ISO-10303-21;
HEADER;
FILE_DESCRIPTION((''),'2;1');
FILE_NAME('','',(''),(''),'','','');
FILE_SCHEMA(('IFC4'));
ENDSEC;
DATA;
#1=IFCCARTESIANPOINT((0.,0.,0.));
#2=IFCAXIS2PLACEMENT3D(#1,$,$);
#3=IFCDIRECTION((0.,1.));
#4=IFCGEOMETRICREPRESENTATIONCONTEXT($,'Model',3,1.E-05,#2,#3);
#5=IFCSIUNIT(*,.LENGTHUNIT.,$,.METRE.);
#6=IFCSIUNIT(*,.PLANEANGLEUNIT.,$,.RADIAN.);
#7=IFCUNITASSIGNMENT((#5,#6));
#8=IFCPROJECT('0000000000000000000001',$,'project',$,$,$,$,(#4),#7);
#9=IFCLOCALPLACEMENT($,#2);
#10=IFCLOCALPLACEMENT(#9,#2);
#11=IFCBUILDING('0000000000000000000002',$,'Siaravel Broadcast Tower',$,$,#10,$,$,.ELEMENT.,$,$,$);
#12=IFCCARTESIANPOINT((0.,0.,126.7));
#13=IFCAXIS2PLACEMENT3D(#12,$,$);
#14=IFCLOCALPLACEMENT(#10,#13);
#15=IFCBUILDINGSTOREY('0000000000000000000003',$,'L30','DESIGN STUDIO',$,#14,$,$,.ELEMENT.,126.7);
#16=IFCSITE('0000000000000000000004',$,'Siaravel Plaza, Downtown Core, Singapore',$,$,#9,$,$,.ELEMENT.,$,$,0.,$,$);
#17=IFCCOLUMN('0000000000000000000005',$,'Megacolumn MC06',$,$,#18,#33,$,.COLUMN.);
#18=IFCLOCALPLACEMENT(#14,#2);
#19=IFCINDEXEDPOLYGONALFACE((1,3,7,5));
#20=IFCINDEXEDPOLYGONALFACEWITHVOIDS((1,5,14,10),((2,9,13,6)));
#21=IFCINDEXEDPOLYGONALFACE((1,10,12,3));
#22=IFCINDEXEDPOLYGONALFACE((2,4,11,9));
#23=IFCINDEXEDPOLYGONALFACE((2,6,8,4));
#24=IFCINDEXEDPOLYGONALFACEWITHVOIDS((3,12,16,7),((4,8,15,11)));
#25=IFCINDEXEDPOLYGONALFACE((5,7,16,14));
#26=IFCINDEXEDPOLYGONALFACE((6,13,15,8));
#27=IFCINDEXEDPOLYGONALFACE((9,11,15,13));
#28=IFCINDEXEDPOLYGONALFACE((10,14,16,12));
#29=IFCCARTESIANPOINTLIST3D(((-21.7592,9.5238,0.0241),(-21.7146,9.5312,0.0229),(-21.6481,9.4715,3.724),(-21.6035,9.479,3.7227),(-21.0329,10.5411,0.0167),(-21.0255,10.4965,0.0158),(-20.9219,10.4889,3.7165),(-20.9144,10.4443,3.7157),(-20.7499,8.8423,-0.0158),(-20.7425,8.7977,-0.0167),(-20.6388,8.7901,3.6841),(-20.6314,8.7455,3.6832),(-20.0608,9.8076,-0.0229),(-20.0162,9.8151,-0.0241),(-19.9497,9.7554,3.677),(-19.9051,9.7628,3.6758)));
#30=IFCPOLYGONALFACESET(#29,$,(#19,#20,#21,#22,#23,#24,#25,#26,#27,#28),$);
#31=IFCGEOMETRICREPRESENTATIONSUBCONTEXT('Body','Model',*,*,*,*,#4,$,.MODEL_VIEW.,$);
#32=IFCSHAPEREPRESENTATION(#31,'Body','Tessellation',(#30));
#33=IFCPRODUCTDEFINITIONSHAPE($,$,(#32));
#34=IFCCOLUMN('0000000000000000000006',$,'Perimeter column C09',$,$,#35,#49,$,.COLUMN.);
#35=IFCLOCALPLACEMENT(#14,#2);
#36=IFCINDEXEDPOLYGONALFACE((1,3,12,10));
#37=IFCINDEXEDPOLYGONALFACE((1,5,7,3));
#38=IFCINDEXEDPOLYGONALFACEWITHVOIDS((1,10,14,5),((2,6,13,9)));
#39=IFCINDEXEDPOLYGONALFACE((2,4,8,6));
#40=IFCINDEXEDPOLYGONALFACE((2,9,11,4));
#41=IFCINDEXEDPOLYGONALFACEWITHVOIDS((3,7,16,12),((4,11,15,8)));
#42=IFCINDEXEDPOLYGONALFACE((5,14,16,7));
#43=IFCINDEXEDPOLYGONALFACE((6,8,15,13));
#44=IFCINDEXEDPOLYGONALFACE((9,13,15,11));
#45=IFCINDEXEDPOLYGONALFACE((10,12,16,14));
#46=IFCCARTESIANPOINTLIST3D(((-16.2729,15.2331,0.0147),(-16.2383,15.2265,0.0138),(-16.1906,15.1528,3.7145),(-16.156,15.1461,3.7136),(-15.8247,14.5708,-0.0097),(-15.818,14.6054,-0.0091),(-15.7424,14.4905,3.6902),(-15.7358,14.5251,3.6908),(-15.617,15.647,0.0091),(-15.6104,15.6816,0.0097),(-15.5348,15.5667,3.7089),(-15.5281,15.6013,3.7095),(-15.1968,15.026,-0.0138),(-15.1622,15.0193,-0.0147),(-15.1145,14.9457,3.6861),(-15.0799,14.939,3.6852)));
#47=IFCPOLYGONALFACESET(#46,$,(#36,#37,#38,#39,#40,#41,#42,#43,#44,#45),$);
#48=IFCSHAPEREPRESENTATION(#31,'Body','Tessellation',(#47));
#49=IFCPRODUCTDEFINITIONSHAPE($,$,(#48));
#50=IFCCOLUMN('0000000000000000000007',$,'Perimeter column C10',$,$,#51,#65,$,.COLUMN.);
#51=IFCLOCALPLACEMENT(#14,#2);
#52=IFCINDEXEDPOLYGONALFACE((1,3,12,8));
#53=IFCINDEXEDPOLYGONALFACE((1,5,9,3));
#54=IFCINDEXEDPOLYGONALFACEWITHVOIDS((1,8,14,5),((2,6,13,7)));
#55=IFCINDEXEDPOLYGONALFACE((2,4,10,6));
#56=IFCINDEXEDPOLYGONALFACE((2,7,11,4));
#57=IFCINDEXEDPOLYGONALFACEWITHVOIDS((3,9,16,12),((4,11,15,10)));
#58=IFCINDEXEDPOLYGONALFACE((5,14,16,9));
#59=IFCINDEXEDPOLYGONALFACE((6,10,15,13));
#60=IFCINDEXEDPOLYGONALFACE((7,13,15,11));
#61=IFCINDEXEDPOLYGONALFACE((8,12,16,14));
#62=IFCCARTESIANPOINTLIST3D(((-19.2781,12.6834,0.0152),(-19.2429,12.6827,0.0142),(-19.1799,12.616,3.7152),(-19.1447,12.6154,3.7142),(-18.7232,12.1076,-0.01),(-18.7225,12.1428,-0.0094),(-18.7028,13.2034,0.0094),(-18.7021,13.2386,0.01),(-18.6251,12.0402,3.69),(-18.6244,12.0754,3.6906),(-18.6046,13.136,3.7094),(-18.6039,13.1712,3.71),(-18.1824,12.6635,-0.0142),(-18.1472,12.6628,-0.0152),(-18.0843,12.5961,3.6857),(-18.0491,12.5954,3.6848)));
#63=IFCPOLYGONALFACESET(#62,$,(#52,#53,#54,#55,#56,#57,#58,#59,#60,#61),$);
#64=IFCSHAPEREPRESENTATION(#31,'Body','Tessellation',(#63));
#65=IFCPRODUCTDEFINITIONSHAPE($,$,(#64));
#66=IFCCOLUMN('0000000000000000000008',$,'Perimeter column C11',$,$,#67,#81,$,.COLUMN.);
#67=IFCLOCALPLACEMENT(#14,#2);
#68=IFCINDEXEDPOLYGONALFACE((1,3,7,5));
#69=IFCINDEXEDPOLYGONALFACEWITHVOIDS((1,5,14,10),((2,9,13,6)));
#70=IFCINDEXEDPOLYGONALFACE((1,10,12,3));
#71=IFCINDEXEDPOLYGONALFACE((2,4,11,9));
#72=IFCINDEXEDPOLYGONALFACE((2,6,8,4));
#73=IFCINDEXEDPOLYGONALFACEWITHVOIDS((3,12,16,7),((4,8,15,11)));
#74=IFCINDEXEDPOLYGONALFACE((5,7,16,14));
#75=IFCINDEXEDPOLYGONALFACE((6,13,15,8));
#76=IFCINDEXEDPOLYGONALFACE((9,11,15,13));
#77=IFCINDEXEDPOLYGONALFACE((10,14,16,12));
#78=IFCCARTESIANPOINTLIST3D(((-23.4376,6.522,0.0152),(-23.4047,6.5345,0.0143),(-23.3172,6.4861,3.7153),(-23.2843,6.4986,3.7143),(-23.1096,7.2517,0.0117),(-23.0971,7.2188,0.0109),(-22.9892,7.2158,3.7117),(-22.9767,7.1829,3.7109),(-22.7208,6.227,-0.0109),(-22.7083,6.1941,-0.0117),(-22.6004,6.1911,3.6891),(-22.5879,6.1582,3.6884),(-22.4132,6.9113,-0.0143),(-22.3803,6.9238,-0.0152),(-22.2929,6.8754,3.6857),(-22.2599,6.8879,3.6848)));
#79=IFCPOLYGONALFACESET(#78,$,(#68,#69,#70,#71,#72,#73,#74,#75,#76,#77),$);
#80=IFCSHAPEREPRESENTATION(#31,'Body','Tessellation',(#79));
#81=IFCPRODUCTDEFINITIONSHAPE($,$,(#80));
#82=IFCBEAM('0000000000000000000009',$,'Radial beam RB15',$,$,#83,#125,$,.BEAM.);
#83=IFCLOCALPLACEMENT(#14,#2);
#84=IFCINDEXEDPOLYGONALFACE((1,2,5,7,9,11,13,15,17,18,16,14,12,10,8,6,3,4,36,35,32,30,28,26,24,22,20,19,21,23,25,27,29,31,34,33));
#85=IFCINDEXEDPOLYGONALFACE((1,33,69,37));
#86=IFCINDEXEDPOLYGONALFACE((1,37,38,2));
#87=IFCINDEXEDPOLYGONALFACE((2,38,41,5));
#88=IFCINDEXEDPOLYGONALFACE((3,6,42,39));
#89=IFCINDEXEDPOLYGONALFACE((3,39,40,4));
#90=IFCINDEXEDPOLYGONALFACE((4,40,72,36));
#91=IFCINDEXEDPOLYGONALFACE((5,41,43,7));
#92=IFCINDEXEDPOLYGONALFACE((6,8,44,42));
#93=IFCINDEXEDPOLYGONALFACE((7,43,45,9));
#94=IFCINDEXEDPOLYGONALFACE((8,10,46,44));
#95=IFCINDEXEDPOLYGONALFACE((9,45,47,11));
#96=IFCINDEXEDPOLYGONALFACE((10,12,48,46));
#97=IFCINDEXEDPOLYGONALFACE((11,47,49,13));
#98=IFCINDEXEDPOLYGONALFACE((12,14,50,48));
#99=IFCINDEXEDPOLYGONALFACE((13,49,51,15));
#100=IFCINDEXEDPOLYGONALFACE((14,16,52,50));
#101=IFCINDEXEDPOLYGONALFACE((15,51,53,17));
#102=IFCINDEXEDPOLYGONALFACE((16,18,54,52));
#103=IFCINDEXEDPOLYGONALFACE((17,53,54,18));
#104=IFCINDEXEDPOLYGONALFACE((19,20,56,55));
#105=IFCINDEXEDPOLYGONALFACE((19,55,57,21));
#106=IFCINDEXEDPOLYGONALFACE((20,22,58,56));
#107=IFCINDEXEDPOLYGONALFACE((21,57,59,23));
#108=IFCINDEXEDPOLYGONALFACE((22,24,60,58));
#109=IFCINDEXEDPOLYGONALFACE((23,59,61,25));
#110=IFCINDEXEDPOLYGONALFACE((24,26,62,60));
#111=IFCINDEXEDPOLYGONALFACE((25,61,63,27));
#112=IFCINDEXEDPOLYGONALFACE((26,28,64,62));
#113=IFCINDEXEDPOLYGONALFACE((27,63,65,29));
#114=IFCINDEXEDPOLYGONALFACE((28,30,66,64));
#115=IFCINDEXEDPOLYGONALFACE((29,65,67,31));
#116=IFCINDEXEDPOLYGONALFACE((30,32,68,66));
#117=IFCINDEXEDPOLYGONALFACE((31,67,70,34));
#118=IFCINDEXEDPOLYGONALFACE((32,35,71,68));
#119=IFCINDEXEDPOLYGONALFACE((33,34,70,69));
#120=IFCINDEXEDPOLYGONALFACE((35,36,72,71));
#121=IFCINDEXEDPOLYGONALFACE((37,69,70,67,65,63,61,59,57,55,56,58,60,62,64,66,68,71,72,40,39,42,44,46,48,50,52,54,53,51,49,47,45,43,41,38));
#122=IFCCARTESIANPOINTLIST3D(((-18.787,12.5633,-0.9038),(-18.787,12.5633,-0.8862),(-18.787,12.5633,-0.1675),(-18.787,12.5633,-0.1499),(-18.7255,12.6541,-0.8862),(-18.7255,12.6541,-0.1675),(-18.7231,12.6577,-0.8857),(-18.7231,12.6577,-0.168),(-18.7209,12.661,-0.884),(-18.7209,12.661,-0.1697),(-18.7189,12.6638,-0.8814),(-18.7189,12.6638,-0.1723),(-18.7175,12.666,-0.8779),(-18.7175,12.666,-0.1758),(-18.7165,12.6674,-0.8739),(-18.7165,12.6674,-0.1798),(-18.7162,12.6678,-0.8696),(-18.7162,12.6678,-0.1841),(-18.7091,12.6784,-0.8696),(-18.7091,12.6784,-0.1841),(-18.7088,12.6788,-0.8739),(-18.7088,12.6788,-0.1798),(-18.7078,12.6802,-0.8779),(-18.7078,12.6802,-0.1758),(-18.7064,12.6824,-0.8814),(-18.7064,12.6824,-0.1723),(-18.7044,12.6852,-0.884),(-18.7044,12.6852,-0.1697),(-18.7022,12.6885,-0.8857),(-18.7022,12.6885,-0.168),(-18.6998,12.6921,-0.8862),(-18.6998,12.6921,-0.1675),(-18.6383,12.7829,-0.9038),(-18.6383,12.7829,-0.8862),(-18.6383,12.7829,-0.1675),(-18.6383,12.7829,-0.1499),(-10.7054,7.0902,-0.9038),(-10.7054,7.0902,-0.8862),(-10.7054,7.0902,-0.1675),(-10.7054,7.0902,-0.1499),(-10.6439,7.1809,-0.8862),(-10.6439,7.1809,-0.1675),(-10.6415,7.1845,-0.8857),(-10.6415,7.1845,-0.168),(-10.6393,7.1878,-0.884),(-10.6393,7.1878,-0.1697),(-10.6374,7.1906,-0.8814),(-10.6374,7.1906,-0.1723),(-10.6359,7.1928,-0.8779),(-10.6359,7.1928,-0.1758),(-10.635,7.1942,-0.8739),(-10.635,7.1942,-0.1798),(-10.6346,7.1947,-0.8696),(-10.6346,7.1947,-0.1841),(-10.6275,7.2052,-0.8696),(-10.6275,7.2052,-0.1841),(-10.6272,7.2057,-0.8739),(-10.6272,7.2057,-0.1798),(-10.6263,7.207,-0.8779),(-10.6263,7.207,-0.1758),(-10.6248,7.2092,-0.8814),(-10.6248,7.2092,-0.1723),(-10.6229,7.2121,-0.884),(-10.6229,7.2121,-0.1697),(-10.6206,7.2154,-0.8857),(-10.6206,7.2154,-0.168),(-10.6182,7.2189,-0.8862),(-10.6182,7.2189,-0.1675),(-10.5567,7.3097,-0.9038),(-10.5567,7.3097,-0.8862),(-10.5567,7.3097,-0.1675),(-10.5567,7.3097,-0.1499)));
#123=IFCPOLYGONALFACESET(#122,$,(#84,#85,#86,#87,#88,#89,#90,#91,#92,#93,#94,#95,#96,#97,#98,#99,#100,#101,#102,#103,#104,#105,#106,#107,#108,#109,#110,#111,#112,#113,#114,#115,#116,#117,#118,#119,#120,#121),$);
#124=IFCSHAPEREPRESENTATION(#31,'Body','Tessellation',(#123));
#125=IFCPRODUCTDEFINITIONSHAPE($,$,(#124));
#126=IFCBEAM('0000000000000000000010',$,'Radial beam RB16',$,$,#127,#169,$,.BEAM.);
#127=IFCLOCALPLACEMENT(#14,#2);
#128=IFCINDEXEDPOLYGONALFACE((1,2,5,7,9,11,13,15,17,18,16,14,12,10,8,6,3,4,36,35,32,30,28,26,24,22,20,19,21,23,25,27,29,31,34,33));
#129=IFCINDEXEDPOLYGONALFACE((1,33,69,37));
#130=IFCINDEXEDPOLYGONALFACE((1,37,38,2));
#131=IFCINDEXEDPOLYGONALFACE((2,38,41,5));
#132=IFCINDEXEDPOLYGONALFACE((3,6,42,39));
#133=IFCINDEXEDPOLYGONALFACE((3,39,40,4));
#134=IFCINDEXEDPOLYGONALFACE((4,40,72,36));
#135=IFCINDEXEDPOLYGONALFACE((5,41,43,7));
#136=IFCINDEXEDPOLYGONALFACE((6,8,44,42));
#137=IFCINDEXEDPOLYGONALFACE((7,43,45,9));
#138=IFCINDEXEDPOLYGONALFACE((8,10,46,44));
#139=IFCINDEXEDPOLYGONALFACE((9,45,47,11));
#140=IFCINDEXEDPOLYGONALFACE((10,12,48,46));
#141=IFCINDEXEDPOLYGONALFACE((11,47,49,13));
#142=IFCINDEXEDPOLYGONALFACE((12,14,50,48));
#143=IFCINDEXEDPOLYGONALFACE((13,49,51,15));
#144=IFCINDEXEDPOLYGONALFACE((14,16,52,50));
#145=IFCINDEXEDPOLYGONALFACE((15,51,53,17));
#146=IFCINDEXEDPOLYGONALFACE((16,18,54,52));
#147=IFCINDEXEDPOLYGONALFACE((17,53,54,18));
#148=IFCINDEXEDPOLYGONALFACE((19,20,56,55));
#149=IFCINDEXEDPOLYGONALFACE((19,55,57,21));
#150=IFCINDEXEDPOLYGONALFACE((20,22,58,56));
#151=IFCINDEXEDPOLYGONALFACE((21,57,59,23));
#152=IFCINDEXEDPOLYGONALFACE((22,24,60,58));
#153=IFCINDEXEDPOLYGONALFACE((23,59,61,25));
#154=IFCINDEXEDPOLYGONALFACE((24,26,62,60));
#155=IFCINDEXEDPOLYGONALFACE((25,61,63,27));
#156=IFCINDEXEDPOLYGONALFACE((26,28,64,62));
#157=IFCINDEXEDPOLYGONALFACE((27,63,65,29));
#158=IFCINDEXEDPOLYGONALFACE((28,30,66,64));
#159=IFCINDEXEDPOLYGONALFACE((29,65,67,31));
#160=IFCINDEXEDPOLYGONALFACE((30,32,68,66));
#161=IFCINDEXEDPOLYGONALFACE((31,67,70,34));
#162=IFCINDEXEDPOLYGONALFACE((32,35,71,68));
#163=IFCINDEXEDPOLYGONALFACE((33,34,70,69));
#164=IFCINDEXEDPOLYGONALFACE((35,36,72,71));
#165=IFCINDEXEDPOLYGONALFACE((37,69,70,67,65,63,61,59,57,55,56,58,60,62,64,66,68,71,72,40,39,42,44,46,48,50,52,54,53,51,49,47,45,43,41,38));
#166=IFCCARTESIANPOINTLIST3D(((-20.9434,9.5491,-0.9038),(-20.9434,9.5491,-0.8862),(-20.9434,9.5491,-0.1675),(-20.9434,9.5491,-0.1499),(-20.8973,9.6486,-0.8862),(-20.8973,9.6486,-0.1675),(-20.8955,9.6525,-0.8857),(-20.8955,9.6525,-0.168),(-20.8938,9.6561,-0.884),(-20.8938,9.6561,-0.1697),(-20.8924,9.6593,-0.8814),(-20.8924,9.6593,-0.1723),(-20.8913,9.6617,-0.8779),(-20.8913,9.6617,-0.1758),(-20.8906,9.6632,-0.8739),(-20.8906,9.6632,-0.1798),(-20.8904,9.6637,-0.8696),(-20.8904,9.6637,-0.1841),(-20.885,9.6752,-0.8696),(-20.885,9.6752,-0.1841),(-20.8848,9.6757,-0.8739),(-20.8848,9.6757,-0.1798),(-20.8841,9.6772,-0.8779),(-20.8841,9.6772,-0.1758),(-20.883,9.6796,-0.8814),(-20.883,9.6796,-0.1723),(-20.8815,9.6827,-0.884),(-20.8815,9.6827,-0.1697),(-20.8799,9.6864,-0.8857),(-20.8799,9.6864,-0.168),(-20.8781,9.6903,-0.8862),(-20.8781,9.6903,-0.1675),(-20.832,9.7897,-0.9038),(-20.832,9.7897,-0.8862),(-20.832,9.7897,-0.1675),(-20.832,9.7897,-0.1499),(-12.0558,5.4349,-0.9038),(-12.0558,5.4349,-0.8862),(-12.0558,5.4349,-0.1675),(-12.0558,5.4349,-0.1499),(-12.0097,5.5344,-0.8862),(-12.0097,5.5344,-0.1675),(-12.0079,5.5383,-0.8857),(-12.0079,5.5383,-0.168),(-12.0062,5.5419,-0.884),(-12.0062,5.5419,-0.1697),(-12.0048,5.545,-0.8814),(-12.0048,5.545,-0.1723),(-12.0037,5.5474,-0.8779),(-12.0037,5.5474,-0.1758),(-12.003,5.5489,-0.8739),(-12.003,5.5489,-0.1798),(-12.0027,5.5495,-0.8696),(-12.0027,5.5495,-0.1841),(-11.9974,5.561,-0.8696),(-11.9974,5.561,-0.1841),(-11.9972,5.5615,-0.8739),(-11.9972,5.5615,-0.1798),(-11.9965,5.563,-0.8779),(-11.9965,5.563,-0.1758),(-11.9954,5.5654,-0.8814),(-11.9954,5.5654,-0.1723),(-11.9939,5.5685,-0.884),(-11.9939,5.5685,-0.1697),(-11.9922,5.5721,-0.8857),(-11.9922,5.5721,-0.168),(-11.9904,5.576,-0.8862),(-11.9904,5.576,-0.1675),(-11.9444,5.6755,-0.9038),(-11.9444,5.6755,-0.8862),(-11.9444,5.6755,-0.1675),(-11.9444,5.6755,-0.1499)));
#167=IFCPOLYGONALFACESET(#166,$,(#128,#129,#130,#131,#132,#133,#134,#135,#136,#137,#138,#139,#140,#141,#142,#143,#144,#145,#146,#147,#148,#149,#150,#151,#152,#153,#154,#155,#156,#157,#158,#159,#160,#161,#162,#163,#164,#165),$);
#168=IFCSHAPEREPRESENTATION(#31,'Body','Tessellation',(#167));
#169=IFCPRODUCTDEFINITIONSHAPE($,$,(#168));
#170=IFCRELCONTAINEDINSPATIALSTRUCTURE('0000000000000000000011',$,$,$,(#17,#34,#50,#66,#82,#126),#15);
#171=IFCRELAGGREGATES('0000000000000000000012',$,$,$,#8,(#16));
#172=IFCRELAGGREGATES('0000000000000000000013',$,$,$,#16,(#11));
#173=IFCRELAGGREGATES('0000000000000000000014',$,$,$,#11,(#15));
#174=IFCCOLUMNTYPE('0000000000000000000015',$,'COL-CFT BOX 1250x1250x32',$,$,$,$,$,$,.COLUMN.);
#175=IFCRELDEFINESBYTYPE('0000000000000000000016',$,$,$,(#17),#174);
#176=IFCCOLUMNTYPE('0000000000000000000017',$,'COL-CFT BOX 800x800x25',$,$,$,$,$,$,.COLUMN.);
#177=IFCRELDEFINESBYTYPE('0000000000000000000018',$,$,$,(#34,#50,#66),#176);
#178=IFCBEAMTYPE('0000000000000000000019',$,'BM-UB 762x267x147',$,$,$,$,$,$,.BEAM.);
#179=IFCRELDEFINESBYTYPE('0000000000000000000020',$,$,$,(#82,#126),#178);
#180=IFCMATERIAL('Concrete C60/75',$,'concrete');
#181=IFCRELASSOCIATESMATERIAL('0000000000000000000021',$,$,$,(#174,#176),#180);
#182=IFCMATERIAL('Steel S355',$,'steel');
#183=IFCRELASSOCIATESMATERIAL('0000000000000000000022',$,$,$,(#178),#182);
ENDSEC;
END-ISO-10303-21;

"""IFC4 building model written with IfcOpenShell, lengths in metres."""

from ifc_helpers import new_model, si_unit, direction, frame, origin, origin_2d, place, context, subcontext, project, spatial, hollow_rectangle, i_section, extrude, material, material_profile, profile_set, type_object, element, save


model = new_model("IFC4")

# Units and contexts
model_context = context("Model", 3, precision=1e-05, world=origin(), true_north=direction((0.0, 1.0)))
body_context = subcontext(model_context, "Body", "Model", "MODEL_VIEW")
ifc_project = project(units=[si_unit("LENGTHUNIT", "METRE"), si_unit("PLANEANGLEUNIT", "RADIAN")], contexts=[model_context])

# Site, building, storey
site_placement = place(None, origin())
site = spatial("IfcSite", under=ifc_project, at=site_placement, Name="Siaravel Plaza, Downtown Core, Singapore", CompositionType="ELEMENT", RefElevation=0.0)
building_placement = place(site_placement, origin())
building = spatial("IfcBuilding", under=site, at=building_placement, Name="Siaravel Broadcast Tower", CompositionType="ELEMENT")
storey_placement = place(building_placement, frame((0.0, 0.0, 126.7)))
storey = spatial("IfcBuildingStorey", under=building, at=storey_placement, Name="L30", Description="DESIGN STUDIO", CompositionType="ELEMENT", Elevation=126.7)

# Columns
ifc_material_1 = material(Name="Concrete C60/75", Category="concrete")
ifc_material_profile_1 = material_profile(ifc_material_1, hollow_rectangle(XDim=1.25, YDim=1.25, WallThickness=0.032, at=origin_2d()))
ifc_profile_set_1 = profile_set([ifc_material_profile_1], Name="Concrete C60/75")
column_type_1 = type_object("IfcColumnType", Name="COL-CFT BOX 1250x1250x32", PredefinedType="COLUMN", material=ifc_profile_set_1)
column_1_placement = place(storey_placement, frame((-20.8877, 9.6694, 0.0), z_axis=(0.030007, -0.014113, 0.99945), x_axis=(0.580983, 0.813894, -0.00595)))
element("IfcColumn", 1, at=column_1_placement, inside=storey, type_object=column_type_1, Name="Megacolumn MC06", PredefinedType="COLUMN", context=body_context, shape_type="SweptSolid", body=[
    extrude(hollow_rectangle(XDim=1.25, YDim=1.25, WallThickness=0.032, at=origin_2d()), origin(), (0.0, 0.0, 1.0), 3.7019),
])
ifc_material_profile_2 = material_profile(ifc_material_1, hollow_rectangle(XDim=0.8, YDim=0.8, WallThickness=0.0249, at=origin_2d()))
ifc_profile_set_2 = profile_set([ifc_material_profile_2], Name="Concrete C60/75")
column_type_2 = type_object("IfcColumnType", Name="COL-CFT BOX 800x800x25", PredefinedType="COLUMN", material=ifc_profile_set_2)
column_2_placement = place(storey_placement, frame((-15.7175, 15.1262, 0.0), z_axis=(0.022226, -0.021699, 0.999517), x_axis=(0.828077, 0.56058, -0.006244)))
element("IfcColumn", 2, at=column_2_placement, inside=storey, type_object=column_type_2, Name="Perimeter column C09", PredefinedType="COLUMN", context=body_context, shape_type="SweptSolid", body=[
    extrude(hollow_rectangle(XDim=0.8, YDim=0.8, WallThickness=0.0249, at=origin_2d()), origin(), (0.0, 0.0, 1.0), 3.7017),
])
column_3_placement = place(storey_placement, frame((-18.7126, 12.6731, 0.0), z_axis=(0.026512, -0.018202, 0.999483), x_axis=(0.719923, 0.694024, -0.006457)))
element("IfcColumn", 3, at=column_3_placement, inside=storey, type_object=column_type_2, Name="Perimeter column C10", PredefinedType="COLUMN", context=body_context, shape_type="SweptSolid", body=[
    extrude(hollow_rectangle(XDim=0.8, YDim=0.8, WallThickness=0.0249, at=origin_2d()), origin(), (0.0, 0.0, 1.0), 3.7019),
])
column_4_placement = place(storey_placement, frame((-22.9089, 6.7229, 0.0), z_axis=(0.032512, -0.009694, 0.999424), x_axis=(0.409949, 0.912097, -0.004489)))
element("IfcColumn", 4, at=column_4_placement, inside=storey, type_object=column_type_2, Name="Perimeter column C11", PredefinedType="COLUMN", context=body_context, shape_type="SweptSolid", body=[
    extrude(hollow_rectangle(XDim=0.8, YDim=0.8, WallThickness=0.0249, at=origin_2d()), origin(), (0.0, 0.0, 1.0), 3.7021),
])

# Beams
ifc_material_2 = material(Name="Steel S355", Category="steel")
ifc_material_profile_3 = material_profile(ifc_material_2, i_section(OverallWidth=0.2651, OverallDepth=0.7539, WebThickness=0.0127, FlangeThickness=0.0176, FilletRadius=0.0166, at=origin_2d()))
ifc_profile_set_3 = profile_set([ifc_material_profile_3], Name="Steel S355")
beam_type = type_object("IfcBeamType", Name="BM-UB 762x267x147", PredefinedType="BEAM", material=ifc_profile_set_3)
beam_1_placement = place(storey_placement, frame((-18.7126, 12.6731, -0.5269), z_axis=(0.827988, -0.560746, 0.0), x_axis=(0.560746, 0.827988, 0.0)))
element("IfcBeam", 5, at=beam_1_placement, inside=storey, type_object=beam_type, Name="Radial beam RB15", PredefinedType="BEAM", context=body_context, shape_type="SweptSolid", body=[
    extrude(i_section(OverallWidth=0.2651, OverallDepth=0.7539, WebThickness=0.0127, FlangeThickness=0.0176, FilletRadius=0.0166, at=origin_2d()), origin(), (0.0, 0.0, 1.0), 9.7605),
])
beam_2_placement = place(storey_placement, frame((-20.8877, 9.6694, -0.5269), z_axis=(0.907483, -0.420089, 0.0), x_axis=(0.420089, 0.907483, 0.0)))
element("IfcBeam", 6, at=beam_2_placement, inside=storey, type_object=beam_type, Name="Radial beam RB16", PredefinedType="BEAM", context=body_context, shape_type="SweptSolid", body=[
    extrude(i_section(OverallWidth=0.2651, OverallDepth=0.7539, WebThickness=0.0127, FlangeThickness=0.0176, FilletRadius=0.0166, at=origin_2d()), origin(), (0.0, 0.0, 1.0), 9.7937),
])

save(model, "model.ifc")
